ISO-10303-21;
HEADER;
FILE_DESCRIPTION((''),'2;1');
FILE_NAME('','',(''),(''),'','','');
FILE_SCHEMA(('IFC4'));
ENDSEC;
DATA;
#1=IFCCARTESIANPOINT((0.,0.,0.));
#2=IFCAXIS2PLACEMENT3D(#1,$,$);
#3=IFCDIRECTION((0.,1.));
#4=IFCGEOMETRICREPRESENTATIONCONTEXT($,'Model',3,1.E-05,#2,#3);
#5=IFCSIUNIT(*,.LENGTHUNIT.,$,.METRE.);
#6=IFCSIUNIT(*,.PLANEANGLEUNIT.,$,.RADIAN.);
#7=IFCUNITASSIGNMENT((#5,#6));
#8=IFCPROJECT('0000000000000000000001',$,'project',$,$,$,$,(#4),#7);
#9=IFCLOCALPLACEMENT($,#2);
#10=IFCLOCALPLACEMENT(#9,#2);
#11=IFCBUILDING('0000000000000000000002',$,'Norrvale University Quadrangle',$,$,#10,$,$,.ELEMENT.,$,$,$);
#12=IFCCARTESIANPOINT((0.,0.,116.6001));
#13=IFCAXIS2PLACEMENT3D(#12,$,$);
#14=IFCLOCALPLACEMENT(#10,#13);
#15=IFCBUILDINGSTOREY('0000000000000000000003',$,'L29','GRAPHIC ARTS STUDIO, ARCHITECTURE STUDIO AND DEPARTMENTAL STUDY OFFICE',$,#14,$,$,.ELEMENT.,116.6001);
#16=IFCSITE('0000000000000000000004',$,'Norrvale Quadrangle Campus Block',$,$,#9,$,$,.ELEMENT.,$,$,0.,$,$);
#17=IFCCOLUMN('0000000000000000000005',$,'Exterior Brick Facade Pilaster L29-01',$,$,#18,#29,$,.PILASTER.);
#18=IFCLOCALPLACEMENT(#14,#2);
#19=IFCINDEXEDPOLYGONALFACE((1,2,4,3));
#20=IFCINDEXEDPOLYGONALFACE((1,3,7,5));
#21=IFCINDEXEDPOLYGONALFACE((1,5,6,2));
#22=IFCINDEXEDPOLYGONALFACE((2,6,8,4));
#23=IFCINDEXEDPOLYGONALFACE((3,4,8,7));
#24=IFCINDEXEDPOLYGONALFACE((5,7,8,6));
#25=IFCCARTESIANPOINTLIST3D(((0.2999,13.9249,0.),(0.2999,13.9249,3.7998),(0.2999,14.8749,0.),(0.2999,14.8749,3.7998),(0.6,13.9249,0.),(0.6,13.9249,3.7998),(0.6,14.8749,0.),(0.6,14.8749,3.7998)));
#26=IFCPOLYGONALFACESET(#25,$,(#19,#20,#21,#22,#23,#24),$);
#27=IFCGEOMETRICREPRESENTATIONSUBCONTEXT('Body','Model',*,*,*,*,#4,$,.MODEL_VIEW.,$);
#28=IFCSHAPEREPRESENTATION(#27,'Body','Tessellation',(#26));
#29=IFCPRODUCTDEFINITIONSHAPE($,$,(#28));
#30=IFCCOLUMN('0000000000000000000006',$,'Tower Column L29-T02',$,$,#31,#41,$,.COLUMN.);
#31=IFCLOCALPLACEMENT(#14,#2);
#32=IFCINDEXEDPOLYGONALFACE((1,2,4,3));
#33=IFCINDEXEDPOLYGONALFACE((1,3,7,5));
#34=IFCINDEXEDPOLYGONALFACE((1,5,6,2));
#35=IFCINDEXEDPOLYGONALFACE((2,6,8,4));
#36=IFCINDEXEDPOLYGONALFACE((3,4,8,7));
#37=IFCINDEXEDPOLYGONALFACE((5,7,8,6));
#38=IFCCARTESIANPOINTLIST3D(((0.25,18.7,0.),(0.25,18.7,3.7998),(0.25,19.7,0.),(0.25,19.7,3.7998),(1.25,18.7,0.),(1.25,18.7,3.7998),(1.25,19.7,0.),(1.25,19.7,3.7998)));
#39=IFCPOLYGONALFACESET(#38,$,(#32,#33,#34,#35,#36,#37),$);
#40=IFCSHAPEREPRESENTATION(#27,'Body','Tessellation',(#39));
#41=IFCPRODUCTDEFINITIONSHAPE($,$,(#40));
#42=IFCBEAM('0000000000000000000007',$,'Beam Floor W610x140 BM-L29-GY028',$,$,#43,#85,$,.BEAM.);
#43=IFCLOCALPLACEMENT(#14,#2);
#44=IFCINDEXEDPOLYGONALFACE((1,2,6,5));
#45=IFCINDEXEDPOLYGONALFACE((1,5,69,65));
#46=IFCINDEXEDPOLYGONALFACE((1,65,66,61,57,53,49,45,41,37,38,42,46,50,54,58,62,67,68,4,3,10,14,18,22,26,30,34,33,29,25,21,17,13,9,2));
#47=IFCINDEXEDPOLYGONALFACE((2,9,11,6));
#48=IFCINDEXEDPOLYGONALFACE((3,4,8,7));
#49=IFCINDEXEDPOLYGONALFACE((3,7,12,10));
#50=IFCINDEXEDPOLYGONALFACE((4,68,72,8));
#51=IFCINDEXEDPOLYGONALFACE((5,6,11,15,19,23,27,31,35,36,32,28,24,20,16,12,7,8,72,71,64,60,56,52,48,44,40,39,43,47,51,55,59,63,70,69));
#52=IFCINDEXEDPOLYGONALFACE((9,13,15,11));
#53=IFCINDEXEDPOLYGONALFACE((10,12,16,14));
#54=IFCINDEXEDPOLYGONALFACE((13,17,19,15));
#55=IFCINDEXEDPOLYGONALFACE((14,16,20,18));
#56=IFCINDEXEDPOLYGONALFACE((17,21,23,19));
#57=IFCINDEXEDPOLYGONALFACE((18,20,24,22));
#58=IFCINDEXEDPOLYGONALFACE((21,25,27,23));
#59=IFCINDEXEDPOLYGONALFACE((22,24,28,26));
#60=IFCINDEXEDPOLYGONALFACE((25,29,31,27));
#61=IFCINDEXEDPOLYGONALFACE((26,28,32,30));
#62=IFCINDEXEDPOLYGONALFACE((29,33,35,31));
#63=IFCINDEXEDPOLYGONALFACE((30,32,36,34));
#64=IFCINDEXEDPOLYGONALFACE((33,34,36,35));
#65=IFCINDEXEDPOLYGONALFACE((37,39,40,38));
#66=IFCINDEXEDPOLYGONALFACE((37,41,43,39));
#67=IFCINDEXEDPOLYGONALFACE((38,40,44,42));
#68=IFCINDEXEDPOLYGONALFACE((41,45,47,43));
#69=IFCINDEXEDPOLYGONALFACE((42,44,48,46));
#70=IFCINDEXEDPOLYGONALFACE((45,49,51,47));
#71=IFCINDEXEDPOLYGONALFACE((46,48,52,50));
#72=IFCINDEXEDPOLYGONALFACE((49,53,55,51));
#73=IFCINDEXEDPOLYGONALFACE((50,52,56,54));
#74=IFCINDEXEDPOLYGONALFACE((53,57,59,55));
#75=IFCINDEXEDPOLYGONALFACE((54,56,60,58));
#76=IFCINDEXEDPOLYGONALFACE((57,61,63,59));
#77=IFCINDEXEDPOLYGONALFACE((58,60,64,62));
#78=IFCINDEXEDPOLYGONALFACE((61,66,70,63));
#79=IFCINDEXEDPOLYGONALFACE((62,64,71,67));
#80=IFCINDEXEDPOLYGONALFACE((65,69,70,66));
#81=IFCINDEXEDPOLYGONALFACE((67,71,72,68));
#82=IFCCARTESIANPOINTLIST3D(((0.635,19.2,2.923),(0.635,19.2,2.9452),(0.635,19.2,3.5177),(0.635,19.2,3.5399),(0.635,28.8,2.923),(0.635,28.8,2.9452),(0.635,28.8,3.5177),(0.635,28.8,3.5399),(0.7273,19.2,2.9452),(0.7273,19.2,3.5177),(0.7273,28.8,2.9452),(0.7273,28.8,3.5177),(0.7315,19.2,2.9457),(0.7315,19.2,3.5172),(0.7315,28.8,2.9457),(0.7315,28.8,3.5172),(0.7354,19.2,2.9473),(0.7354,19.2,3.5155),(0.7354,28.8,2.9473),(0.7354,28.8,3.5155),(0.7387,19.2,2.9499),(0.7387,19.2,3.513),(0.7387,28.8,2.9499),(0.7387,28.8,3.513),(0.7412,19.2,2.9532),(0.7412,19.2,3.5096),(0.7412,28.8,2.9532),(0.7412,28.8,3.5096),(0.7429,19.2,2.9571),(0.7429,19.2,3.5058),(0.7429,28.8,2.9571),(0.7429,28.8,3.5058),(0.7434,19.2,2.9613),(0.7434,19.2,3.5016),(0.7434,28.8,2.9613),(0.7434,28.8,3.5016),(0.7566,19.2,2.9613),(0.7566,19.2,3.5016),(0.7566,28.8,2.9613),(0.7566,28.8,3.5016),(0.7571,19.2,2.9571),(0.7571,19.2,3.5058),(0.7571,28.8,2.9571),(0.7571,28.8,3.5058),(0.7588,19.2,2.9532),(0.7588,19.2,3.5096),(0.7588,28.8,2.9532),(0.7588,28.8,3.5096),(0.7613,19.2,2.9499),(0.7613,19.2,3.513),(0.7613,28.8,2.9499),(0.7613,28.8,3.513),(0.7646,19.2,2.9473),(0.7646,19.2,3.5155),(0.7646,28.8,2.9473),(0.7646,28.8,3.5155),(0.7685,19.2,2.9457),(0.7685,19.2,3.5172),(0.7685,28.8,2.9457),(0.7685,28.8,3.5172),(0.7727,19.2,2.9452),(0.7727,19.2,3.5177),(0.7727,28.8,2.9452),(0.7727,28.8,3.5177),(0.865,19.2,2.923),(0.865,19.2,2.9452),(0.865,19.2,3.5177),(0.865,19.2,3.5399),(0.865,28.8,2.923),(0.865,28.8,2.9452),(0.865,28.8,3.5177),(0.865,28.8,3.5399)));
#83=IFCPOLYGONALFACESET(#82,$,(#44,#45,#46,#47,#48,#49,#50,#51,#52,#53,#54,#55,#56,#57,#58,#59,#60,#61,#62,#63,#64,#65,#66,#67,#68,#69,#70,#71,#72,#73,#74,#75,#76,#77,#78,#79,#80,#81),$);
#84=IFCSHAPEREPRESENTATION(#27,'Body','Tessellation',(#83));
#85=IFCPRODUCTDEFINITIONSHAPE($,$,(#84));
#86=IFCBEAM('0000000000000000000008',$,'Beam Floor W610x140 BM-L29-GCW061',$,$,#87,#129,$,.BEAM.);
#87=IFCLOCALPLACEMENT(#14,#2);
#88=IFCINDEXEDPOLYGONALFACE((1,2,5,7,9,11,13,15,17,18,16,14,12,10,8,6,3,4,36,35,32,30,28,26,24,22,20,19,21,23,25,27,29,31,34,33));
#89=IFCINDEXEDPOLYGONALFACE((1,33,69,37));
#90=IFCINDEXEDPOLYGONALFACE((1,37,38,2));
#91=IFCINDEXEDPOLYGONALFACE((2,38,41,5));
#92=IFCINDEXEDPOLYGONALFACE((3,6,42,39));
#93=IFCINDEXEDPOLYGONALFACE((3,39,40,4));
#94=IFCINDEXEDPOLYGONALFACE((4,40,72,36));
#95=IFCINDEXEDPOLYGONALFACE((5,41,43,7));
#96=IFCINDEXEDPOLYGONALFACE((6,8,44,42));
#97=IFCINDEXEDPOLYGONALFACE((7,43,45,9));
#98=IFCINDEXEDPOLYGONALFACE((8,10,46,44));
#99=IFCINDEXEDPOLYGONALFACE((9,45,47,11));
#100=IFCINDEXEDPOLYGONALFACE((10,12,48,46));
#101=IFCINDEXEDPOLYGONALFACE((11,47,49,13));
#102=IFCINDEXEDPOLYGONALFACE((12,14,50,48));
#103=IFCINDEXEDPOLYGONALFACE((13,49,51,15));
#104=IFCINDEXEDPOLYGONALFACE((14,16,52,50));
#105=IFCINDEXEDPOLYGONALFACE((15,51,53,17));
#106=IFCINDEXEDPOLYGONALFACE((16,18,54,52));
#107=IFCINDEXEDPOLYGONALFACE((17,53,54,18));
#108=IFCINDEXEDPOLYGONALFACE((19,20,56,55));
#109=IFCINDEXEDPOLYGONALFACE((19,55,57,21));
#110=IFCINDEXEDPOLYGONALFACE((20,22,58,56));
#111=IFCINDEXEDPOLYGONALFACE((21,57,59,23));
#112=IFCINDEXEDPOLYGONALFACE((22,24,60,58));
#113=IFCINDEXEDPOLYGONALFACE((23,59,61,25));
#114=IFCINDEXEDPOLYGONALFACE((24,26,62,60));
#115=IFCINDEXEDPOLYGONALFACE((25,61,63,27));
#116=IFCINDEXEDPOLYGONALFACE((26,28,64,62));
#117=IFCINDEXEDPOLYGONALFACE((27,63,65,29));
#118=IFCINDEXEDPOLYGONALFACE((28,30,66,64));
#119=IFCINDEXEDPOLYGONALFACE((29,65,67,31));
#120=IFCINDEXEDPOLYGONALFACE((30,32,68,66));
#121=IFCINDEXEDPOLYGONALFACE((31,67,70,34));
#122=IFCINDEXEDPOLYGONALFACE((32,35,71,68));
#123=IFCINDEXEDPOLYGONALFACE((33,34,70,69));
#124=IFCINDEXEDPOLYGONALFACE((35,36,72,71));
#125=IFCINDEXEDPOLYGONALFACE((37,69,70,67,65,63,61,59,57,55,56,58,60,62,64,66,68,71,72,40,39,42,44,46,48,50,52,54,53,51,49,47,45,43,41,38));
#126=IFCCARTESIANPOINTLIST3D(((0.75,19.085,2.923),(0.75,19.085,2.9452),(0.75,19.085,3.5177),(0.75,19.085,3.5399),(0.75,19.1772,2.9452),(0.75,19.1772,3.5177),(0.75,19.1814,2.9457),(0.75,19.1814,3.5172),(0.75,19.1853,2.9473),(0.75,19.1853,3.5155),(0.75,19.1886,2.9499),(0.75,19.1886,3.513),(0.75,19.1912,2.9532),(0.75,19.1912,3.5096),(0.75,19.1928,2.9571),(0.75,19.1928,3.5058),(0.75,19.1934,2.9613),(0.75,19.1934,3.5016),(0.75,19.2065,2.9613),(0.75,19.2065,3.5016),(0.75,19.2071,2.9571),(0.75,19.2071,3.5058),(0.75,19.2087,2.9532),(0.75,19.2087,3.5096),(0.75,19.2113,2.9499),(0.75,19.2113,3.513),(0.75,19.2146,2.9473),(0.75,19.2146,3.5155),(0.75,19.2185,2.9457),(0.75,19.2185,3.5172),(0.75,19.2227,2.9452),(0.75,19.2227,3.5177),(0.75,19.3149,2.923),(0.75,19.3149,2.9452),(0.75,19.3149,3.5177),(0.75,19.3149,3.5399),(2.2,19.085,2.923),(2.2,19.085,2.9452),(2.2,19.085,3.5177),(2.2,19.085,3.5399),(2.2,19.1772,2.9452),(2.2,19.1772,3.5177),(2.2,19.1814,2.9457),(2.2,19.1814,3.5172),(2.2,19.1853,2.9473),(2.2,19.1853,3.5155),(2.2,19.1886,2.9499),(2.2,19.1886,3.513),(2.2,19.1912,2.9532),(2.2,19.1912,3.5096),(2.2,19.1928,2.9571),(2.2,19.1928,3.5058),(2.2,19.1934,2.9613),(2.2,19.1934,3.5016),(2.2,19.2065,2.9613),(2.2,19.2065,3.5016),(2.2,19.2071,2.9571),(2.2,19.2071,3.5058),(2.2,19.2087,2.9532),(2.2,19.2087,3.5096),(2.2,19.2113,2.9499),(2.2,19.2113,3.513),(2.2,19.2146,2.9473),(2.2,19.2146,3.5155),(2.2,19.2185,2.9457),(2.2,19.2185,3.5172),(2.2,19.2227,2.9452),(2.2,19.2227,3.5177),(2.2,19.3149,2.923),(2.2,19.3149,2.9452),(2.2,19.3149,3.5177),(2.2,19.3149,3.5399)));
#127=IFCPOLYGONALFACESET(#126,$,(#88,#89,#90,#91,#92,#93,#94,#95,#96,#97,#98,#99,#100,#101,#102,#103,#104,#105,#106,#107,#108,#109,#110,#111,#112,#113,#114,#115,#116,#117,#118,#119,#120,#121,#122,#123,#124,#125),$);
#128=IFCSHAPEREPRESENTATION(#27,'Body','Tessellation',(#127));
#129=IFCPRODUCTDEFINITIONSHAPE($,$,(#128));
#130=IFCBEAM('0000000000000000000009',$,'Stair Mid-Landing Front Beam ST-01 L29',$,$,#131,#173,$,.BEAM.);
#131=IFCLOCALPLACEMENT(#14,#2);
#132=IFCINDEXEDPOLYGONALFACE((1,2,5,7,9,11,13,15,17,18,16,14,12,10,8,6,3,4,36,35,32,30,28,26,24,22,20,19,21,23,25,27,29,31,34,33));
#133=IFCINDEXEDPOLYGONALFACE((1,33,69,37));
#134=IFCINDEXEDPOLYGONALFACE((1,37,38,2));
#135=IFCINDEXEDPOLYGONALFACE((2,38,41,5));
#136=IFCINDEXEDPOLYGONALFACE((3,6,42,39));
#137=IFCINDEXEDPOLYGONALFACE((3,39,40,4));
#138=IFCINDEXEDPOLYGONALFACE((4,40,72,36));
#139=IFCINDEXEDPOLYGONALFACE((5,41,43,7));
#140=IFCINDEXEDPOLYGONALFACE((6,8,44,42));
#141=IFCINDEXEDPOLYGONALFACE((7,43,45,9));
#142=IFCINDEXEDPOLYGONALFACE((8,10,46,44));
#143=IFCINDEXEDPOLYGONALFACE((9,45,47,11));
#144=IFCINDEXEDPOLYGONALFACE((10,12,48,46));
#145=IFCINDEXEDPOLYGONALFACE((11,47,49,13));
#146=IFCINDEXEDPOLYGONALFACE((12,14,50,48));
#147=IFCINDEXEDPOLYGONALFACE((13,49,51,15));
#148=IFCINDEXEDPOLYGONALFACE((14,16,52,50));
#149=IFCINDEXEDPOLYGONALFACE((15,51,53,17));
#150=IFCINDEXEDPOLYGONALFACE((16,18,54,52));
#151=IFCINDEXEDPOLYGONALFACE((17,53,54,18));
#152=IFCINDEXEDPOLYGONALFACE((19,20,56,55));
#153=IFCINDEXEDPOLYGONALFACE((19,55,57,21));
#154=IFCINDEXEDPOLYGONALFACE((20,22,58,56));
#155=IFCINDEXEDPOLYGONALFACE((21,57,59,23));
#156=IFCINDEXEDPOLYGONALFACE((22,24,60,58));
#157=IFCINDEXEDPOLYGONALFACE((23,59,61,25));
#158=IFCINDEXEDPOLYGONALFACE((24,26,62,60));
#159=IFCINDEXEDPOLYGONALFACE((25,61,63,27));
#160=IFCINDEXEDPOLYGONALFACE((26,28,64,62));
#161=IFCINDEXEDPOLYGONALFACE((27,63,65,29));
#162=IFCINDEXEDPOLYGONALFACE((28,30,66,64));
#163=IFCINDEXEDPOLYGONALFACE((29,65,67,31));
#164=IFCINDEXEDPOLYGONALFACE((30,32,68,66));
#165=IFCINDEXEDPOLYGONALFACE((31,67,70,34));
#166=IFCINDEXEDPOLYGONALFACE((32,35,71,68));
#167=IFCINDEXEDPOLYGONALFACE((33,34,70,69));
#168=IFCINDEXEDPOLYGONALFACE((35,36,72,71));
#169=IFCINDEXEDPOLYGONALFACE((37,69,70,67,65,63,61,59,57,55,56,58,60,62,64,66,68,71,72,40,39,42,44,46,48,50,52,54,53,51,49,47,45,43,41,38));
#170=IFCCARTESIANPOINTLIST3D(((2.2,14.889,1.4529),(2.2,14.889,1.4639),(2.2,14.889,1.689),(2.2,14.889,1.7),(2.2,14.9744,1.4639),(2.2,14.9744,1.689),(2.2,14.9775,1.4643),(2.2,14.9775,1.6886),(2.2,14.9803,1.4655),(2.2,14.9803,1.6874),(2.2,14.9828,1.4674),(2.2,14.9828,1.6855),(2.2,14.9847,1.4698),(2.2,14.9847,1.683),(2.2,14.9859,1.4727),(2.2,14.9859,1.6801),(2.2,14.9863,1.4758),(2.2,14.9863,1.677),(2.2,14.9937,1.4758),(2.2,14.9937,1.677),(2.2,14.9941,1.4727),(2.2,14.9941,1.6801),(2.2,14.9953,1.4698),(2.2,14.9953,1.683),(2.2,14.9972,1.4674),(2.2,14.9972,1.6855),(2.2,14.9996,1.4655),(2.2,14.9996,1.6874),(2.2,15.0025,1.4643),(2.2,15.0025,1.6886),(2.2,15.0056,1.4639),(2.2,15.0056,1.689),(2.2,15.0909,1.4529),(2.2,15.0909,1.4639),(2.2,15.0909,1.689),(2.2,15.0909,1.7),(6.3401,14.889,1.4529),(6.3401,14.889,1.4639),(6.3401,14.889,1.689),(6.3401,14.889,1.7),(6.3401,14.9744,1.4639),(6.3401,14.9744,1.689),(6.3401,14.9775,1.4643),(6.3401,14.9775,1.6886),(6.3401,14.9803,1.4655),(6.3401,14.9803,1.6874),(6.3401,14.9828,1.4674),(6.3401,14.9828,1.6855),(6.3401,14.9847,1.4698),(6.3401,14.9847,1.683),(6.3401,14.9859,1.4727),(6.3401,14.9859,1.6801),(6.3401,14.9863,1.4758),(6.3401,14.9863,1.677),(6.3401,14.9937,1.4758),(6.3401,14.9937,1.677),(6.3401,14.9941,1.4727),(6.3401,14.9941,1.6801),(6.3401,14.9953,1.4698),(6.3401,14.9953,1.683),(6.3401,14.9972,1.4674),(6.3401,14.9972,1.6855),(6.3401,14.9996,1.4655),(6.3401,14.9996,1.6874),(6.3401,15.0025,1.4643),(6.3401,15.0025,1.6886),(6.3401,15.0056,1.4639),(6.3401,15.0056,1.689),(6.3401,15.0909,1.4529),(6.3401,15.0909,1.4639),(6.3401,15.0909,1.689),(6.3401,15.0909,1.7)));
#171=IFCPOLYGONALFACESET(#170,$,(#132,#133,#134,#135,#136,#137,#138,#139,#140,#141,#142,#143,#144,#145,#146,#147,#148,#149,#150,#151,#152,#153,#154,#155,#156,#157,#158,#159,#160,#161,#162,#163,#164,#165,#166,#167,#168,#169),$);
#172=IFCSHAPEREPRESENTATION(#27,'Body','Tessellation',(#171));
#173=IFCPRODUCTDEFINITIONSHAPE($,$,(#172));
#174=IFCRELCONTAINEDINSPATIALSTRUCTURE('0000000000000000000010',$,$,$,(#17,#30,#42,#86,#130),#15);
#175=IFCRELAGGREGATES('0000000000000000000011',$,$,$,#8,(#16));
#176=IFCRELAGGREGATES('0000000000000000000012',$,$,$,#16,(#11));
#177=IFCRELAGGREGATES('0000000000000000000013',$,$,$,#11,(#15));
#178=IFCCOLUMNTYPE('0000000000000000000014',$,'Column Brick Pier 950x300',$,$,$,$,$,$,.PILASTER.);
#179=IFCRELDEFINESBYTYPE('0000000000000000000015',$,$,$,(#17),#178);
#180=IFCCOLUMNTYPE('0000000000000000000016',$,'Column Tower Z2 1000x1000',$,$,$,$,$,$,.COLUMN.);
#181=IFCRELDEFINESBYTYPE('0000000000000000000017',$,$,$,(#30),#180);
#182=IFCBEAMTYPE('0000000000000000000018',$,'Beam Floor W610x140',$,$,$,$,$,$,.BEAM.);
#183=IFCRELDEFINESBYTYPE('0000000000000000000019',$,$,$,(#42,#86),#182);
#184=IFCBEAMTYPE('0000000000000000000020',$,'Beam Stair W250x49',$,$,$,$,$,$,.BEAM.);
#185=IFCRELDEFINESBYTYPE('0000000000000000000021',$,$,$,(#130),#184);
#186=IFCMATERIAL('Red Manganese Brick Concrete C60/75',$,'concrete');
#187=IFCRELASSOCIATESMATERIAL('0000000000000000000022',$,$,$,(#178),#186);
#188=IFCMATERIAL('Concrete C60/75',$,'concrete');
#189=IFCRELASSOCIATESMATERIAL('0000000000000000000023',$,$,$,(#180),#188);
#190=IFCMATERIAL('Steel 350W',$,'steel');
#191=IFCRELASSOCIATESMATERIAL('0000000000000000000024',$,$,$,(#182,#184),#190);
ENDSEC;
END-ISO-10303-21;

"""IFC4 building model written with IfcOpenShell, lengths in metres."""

from ifc_helpers import new_model, si_unit, direction, frame, origin, origin_2d, place, context, subcontext, project, spatial, rectangle, i_section, extrude, material, material_profile, profile_set, type_object, element, save


model = new_model("IFC4")

# Units and contexts
model_context = context("Model", 3, precision=1e-05, world=origin(), true_north=direction((0.0, 1.0)))
body_context = subcontext(model_context, "Body", "Model", "MODEL_VIEW")
ifc_project = project(units=[si_unit("LENGTHUNIT", "METRE"), si_unit("PLANEANGLEUNIT", "RADIAN")], contexts=[model_context])

# Site, building, storey
site_placement = place(None, origin())
site = spatial("IfcSite", under=ifc_project, at=site_placement, Name="Norrvale Quadrangle Campus Block", CompositionType="ELEMENT", RefElevation=0.0)
building_placement = place(site_placement, origin())
building = spatial("IfcBuilding", under=site, at=building_placement, Name="Norrvale University Quadrangle", CompositionType="ELEMENT")
storey_placement = place(building_placement, frame((0.0, 0.0, 116.6001)))
storey = spatial("IfcBuildingStorey", under=building, at=storey_placement, Name="L29", Description="GRAPHIC ARTS STUDIO, ARCHITECTURE STUDIO AND DEPARTMENTAL STUDY OFFICE", CompositionType="ELEMENT", Elevation=116.6001)

# Columns
ifc_material_1 = material(Name="Red Manganese Brick Concrete C60/75", Category="concrete")
ifc_material_profile_1 = material_profile(ifc_material_1, rectangle(XDim=0.95, YDim=0.3, at=origin_2d()), Name="Red Manganese Brick Concrete C60/75")
ifc_profile_set_1 = profile_set([ifc_material_profile_1], Name="Red Manganese Brick Concrete C60/75")
column_type_1 = type_object("IfcColumnType", Name="Column Brick Pier 950x300", PredefinedType="PILASTER", material=ifc_profile_set_1)
column_1_placement = place(storey_placement, frame((0.45, 14.3999, 0.0), z_axis=(0.0, 0.0, 1.0), x_axis=(0.0, 1.0, 0.0)))
element("IfcColumn", 1, at=column_1_placement, inside=storey, type_object=column_type_1, Name="Exterior Brick Facade Pilaster L29-01", PredefinedType="PILASTER", context=body_context, shape_type="SweptSolid", body=[
    extrude(rectangle(XDim=0.95, YDim=0.3, at=origin_2d()), origin(), (0.0, 0.0, 1.0), 3.7998),
])
ifc_material_2 = material(Name="Concrete C60/75", Category="concrete")
ifc_material_profile_2 = material_profile(ifc_material_2, rectangle(XDim=1.0, YDim=1.0, at=origin_2d()), Name="Concrete C60/75")
ifc_profile_set_2 = profile_set([ifc_material_profile_2], Name="Concrete C60/75")
column_type_2 = type_object("IfcColumnType", Name="Column Tower Z2 1000x1000", PredefinedType="COLUMN", material=ifc_profile_set_2)
column_2_placement = place(storey_placement, frame((0.75, 19.2, 0.0), z_axis=(0.0, 0.0, 1.0), x_axis=(1.0, 0.0, 0.0)))
element("IfcColumn", 2, at=column_2_placement, inside=storey, type_object=column_type_2, Name="Tower Column L29-T02", PredefinedType="COLUMN", context=body_context, shape_type="SweptSolid", body=[
    extrude(rectangle(XDim=1.0, YDim=1.0, at=origin_2d()), origin(), (0.0, 0.0, 1.0), 3.7998),
])

# Beams
ifc_material_3 = material(Name="Steel 350W", Category="steel")
ifc_material_profile_3 = material_profile(ifc_material_3, i_section(OverallWidth=0.23, OverallDepth=0.6169, WebThickness=0.0132, FlangeThickness=0.0222, FilletRadius=0.0161, at=origin_2d()), Name="Steel 350W")
ifc_profile_set_3 = profile_set([ifc_material_profile_3], Name="Steel 350W")
beam_type_1 = type_object("IfcBeamType", Name="Beam Floor W610x140", PredefinedType="BEAM", material=ifc_profile_set_3)
beam_1_placement = place(storey_placement, frame((0.75, 19.2, 3.2314), z_axis=(0.0, 1.0, 0.0), x_axis=(-1.0, 0.0, 0.0)))
element("IfcBeam", 3, at=beam_1_placement, inside=storey, type_object=beam_type_1, Name="Beam Floor W610x140 BM-L29-GY028", PredefinedType="BEAM", context=body_context, shape_type="SweptSolid", body=[
    extrude(i_section(OverallWidth=0.23, OverallDepth=0.6169, WebThickness=0.0132, FlangeThickness=0.0222, FilletRadius=0.0161, at=origin_2d()), origin(), (0.0, 0.0, 1.0), 9.6001),
])
beam_2_placement = place(storey_placement, frame((0.75, 19.2, 3.2314), z_axis=(1.0, 0.0, 0.0), x_axis=(0.0, 1.0, 0.0)))
element("IfcBeam", 4, at=beam_2_placement, inside=storey, type_object=beam_type_1, Name="Beam Floor W610x140 BM-L29-GCW061", PredefinedType="BEAM", context=body_context, shape_type="SweptSolid", body=[
    extrude(i_section(OverallWidth=0.23, OverallDepth=0.6169, WebThickness=0.0132, FlangeThickness=0.0222, FilletRadius=0.0161, at=origin_2d()), origin(), (0.0, 0.0, 1.0), 1.45),
])
ifc_material_profile_4 = material_profile(ifc_material_3, i_section(OverallWidth=0.2019, OverallDepth=0.2471, WebThickness=0.0073, FlangeThickness=0.011, FilletRadius=0.012, at=origin_2d()), Name="Steel 350W")
ifc_profile_set_4 = profile_set([ifc_material_profile_4], Name="Steel 350W")
beam_type_2 = type_object("IfcBeamType", Name="Beam Stair W250x49", PredefinedType="BEAM", material=ifc_profile_set_4)
for number, where, z_axis, x_axis, name in (
    (5, (2.2, 14.99, 1.5764), (1.0, 0.0, 0.0), (0.0, 1.0, 0.0), "Stair Mid-Landing Front Beam ST-01 L29"),
):
    element("IfcBeam", number, at=place(storey_placement, frame(where, z_axis=z_axis, x_axis=x_axis)), inside=storey, type_object=beam_type_2, Name=name, PredefinedType="BEAM", context=body_context, shape_type="SweptSolid", body=[
        extrude(i_section(OverallWidth=0.2019, OverallDepth=0.2471, WebThickness=0.0073, FlangeThickness=0.011, FilletRadius=0.012, at=origin_2d()), origin(), (0.0, 0.0, 1.0), 4.1401),
    ])

save(model, "model.ifc")
